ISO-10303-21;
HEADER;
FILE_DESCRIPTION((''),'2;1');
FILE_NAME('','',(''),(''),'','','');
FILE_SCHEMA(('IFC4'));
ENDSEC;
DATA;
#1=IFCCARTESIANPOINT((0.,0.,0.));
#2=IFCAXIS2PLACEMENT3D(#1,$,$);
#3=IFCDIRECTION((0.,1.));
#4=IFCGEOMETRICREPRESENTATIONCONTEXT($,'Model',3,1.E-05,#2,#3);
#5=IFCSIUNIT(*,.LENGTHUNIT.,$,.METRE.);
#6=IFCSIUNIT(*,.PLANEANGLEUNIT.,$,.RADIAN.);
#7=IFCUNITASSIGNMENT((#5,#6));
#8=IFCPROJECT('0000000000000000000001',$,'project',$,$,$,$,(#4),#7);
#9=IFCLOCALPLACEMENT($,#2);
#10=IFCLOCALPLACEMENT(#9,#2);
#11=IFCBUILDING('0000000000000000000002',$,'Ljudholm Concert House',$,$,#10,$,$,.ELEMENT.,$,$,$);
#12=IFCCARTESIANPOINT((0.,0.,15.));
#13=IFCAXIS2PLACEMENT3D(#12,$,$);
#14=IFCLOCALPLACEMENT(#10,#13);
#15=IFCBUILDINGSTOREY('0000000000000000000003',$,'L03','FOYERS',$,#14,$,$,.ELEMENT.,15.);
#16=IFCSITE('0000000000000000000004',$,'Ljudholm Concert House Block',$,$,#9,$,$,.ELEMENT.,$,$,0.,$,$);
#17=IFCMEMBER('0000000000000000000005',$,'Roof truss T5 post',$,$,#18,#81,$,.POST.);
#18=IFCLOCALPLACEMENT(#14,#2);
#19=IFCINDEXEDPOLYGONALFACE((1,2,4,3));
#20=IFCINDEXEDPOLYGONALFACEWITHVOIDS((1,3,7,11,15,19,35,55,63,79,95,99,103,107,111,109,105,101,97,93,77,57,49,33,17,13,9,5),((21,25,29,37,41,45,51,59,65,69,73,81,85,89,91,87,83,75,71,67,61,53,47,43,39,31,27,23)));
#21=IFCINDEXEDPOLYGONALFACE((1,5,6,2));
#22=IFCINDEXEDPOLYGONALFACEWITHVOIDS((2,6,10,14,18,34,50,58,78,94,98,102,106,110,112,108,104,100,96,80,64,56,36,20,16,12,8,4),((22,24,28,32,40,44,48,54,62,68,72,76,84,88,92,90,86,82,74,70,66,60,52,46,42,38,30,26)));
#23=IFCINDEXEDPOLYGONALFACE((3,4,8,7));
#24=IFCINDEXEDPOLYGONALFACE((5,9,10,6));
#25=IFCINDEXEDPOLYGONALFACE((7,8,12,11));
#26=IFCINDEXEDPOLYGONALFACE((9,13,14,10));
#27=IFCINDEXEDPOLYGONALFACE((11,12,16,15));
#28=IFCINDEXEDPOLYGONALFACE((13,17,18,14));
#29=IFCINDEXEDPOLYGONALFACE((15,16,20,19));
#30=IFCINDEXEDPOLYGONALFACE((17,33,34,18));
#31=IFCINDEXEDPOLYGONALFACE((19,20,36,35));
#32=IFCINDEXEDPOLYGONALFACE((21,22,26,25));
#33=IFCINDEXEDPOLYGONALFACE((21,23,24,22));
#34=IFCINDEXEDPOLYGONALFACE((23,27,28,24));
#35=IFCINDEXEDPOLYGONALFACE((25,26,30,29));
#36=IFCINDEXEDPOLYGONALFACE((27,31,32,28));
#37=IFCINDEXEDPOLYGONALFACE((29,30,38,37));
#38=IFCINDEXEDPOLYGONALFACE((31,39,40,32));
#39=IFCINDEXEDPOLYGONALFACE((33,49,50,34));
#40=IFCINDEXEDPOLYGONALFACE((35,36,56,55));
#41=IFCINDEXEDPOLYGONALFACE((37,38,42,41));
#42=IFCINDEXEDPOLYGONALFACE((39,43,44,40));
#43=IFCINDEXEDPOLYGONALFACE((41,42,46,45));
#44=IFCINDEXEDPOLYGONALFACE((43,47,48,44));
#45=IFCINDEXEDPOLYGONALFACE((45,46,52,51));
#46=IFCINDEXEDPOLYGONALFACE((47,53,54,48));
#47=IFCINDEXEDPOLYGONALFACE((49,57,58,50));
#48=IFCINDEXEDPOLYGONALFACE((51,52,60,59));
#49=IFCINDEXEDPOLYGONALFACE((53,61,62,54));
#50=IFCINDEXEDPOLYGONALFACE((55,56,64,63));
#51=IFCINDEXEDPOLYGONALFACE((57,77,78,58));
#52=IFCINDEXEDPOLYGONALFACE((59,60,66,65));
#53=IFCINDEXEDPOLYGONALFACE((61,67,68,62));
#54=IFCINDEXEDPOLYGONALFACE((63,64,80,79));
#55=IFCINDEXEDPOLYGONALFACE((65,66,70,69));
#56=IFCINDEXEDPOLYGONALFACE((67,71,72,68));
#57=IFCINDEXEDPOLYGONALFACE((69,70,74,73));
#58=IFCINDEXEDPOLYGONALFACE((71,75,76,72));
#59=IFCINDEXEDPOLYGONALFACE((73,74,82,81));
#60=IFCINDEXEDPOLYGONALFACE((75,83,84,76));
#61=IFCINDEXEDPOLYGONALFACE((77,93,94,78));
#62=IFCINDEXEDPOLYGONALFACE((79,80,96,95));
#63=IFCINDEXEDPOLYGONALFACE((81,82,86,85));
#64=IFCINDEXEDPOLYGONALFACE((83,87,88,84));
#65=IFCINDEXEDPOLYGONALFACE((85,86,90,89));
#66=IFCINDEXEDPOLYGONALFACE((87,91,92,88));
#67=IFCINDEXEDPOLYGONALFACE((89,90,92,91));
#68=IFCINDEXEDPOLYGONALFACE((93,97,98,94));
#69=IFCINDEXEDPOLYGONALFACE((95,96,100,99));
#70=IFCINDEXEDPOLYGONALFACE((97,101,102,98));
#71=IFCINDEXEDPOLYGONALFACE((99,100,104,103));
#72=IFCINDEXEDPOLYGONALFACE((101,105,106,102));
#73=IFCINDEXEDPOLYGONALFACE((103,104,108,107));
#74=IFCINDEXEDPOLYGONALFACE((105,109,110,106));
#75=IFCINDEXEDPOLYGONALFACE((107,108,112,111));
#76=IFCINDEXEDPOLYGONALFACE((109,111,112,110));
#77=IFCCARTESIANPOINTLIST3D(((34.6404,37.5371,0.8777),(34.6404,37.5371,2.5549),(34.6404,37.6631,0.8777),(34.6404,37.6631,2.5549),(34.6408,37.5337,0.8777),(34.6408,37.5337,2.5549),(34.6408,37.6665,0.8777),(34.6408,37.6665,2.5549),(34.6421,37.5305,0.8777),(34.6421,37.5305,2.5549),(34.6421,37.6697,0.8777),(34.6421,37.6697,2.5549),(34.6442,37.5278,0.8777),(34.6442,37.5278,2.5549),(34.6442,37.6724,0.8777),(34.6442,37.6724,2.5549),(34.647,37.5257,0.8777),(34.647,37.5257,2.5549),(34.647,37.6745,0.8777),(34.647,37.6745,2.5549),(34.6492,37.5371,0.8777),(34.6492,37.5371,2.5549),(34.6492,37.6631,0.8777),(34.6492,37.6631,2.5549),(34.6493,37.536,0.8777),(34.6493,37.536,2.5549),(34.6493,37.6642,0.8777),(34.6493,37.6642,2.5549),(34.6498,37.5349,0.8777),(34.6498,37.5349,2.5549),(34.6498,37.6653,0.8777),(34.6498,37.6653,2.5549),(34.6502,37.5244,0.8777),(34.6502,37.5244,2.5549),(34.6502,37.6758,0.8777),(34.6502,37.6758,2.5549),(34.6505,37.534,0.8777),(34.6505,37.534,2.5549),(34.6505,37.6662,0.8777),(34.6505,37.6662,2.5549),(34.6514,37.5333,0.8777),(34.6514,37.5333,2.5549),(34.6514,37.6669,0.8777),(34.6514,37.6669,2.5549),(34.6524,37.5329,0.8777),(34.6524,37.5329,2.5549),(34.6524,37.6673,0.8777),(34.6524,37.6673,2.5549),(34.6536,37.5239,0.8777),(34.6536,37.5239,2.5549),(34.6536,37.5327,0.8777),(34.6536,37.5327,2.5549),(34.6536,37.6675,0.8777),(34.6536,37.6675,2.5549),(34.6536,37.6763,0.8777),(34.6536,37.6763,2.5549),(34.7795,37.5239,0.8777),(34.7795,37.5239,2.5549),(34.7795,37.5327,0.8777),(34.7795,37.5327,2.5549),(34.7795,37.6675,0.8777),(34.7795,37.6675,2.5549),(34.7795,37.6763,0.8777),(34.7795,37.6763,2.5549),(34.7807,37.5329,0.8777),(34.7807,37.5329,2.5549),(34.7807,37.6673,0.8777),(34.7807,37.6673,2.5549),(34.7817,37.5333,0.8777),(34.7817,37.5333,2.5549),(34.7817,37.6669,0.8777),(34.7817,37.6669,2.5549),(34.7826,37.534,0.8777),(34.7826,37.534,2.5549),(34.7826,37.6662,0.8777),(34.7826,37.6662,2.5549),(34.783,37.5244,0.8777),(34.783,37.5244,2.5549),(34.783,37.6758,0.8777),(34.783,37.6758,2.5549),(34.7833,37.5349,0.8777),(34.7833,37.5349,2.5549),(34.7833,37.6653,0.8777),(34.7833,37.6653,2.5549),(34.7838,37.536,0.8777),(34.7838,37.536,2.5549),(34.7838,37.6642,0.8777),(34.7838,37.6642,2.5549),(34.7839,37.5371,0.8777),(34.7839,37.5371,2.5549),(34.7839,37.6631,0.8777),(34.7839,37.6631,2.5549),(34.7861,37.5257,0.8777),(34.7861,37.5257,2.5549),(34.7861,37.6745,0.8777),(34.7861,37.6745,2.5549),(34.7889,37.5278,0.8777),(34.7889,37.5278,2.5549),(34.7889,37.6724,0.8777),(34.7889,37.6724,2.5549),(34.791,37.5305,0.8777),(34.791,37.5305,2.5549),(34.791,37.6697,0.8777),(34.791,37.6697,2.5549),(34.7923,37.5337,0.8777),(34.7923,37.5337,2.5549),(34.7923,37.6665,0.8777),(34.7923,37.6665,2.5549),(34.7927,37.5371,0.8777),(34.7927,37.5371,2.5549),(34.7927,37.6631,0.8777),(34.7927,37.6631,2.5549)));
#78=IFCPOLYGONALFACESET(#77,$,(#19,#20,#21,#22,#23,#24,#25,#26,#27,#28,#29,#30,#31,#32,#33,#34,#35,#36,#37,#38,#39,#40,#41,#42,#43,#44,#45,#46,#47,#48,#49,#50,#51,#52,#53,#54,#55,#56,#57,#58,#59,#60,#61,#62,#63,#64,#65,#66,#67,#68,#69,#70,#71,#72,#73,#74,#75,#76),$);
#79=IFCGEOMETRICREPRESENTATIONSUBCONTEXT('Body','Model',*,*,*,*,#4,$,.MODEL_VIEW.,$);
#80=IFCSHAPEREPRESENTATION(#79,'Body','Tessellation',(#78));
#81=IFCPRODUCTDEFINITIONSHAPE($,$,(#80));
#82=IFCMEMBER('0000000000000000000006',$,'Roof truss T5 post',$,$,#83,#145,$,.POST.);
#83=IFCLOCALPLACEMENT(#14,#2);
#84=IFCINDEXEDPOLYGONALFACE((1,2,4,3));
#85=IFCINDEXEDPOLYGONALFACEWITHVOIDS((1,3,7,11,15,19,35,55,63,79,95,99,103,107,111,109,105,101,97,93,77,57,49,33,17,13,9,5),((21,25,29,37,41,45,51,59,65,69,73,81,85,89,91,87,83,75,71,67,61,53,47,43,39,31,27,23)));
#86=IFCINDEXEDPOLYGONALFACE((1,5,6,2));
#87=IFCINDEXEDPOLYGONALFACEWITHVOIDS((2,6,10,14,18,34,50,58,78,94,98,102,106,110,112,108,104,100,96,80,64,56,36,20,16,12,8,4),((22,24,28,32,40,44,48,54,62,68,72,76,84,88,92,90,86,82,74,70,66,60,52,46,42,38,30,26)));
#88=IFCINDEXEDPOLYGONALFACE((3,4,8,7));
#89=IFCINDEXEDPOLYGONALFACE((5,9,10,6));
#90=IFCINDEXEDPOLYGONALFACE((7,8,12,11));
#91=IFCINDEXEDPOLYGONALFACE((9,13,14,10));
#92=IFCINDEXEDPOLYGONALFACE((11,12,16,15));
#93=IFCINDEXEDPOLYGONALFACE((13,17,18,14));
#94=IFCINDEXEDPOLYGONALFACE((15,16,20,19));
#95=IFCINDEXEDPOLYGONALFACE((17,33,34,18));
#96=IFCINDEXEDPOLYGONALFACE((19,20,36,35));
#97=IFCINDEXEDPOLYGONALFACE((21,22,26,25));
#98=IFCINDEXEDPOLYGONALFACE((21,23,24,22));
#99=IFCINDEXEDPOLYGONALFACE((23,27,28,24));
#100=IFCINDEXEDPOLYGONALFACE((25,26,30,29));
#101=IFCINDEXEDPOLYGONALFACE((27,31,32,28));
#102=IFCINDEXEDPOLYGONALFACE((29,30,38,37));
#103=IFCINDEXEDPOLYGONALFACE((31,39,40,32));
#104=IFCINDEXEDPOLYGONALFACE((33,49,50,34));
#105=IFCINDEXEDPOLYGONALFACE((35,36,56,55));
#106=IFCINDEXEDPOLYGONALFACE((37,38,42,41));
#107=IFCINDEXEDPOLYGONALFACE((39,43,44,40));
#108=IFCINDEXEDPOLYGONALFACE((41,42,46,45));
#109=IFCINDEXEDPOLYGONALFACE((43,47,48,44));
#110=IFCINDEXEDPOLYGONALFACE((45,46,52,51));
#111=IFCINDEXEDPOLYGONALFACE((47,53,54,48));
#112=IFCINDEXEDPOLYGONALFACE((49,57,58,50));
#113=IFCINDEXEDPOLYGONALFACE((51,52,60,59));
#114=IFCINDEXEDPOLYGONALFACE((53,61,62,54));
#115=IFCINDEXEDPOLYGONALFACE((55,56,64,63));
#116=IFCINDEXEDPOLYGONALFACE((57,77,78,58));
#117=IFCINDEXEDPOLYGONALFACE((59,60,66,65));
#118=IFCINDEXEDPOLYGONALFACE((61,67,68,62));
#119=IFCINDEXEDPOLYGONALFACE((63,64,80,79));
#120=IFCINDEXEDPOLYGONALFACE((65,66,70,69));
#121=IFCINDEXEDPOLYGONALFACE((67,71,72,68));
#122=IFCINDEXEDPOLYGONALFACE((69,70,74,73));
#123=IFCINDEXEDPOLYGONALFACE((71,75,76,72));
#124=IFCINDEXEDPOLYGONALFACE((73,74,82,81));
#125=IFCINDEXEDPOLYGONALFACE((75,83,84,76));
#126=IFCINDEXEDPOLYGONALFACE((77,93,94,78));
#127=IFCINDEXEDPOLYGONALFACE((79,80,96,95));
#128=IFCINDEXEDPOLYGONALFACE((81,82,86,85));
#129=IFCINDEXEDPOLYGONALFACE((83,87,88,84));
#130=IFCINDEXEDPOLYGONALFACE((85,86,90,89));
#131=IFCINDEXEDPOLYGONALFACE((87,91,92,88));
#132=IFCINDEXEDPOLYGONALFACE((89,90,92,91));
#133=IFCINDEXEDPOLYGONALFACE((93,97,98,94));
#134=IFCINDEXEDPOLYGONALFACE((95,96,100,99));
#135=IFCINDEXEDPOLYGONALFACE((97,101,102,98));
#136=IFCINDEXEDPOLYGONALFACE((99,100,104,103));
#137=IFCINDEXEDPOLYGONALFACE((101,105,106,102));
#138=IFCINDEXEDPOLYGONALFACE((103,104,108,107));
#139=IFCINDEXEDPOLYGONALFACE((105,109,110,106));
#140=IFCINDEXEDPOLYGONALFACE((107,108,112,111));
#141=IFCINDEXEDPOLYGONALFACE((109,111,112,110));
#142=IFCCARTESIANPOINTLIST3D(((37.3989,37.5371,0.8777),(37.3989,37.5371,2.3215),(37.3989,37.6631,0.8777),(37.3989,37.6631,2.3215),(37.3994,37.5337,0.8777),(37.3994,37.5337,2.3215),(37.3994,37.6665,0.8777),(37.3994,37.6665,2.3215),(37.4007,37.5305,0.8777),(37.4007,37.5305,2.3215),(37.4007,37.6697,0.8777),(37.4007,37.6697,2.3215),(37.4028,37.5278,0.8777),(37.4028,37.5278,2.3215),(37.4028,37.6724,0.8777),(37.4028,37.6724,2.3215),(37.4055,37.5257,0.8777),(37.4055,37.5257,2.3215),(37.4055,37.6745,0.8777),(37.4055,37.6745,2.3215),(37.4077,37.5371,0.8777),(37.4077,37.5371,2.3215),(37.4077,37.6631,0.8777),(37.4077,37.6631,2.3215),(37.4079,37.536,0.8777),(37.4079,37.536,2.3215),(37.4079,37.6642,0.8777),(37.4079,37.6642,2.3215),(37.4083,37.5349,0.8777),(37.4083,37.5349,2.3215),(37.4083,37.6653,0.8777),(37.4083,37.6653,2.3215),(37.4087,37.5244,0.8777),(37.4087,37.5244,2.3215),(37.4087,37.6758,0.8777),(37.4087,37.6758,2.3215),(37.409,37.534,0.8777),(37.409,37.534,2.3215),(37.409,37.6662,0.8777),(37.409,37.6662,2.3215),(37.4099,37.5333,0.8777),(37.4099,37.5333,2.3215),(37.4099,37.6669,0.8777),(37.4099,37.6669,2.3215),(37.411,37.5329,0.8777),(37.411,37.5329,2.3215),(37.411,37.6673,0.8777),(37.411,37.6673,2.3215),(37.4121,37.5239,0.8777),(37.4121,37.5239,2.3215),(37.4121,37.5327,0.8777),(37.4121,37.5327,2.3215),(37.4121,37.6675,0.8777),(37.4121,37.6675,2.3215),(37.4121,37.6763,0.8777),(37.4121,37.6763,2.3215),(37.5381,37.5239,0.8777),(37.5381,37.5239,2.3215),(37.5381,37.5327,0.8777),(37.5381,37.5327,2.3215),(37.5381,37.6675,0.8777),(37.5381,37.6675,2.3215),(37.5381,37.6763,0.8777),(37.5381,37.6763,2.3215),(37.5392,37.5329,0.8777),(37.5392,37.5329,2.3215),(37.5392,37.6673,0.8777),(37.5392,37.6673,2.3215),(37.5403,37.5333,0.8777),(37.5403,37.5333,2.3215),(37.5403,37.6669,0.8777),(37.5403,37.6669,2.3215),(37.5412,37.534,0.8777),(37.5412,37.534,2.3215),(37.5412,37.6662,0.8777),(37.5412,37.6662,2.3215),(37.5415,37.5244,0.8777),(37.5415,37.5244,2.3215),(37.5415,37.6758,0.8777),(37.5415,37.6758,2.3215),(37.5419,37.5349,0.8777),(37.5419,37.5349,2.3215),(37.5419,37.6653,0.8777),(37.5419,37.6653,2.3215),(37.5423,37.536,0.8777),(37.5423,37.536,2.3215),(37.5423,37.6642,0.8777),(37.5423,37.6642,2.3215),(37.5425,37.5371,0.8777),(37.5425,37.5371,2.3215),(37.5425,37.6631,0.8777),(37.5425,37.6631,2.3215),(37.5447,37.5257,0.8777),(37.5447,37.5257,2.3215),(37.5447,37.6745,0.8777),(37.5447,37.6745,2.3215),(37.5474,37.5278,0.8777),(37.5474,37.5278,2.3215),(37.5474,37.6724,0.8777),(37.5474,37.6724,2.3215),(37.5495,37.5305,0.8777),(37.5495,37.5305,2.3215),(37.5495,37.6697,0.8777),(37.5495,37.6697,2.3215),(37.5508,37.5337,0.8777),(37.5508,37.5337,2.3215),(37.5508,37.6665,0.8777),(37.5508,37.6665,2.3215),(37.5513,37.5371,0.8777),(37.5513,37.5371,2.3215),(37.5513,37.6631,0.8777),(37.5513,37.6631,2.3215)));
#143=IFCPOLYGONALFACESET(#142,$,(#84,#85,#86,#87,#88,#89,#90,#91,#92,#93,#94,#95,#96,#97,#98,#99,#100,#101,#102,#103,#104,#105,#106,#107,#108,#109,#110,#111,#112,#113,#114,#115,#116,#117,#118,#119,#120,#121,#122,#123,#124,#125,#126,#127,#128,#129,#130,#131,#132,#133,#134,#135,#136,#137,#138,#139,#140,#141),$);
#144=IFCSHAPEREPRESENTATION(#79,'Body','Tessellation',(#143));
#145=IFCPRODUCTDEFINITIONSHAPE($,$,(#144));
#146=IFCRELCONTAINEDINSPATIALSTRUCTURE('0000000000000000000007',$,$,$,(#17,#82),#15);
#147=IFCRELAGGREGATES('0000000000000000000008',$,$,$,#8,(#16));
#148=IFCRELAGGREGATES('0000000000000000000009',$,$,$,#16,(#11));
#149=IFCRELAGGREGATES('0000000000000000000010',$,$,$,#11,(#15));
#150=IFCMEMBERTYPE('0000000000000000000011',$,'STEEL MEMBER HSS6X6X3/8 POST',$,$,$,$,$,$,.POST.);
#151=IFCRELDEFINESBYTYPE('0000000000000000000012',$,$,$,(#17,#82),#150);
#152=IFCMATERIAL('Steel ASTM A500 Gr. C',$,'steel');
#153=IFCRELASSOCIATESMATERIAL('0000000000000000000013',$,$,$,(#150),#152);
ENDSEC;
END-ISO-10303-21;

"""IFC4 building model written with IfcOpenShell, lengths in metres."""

from ifc_helpers import new_model, si_unit, direction, frame, origin, origin_2d, place, context, subcontext, project, spatial, hollow_rectangle, extrude, material, material_profile, profile_set, type_object, element, save


model = new_model("IFC4")

# Units and contexts
model_context = context("Model", 3, precision=1e-05, world=origin(), true_north=direction((0.0, 1.0)))
body_context = subcontext(model_context, "Body", "Model", "MODEL_VIEW")
ifc_project = project(units=[si_unit("LENGTHUNIT", "METRE"), si_unit("PLANEANGLEUNIT", "RADIAN")], contexts=[model_context])

# Site, building, storey
site_placement = place(None, origin())
site = spatial("IfcSite", under=ifc_project, at=site_placement, Name="Ljudholm Concert House Block", CompositionType="ELEMENT", RefElevation=0.0)
building_placement = place(site_placement, origin())
building = spatial("IfcBuilding", under=site, at=building_placement, Name="Ljudholm Concert House", CompositionType="ELEMENT")
storey_placement = place(building_placement, frame((0.0, 0.0, 15.0)))
storey = spatial("IfcBuildingStorey", under=building, at=storey_placement, Name="L03", Description="FOYERS", CompositionType="ELEMENT", Elevation=15.0)

# Members
ifc_material_1 = material(Name="Steel ASTM A500 Gr. C", Category="steel")
ifc_material_profile_1 = material_profile(ifc_material_1, hollow_rectangle(XDim=0.1523, YDim=0.1523, WallThickness=0.0088, InnerFilletRadius=0.0044, OuterFilletRadius=0.0132, at=origin_2d()), Name="HSS6X6X3/8")
ifc_profile_set_1 = profile_set([ifc_material_profile_1], Name="Steel ASTM A500 Gr. C")
member_type_1 = type_object("IfcMemberType", Name="STEEL MEMBER HSS6X6X3/8 POST", PredefinedType="POST", material=ifc_profile_set_1)
member_1_placement = place(storey_placement, frame((34.7166, 37.6001, 0.8777), z_axis=(0.0, 0.0, 1.0), x_axis=(1.0, 0.0, 0.0)))
element("IfcMember", 1, at=member_1_placement, inside=storey, type_object=member_type_1, Name="Roof truss T5 post", PredefinedType="POST", context=body_context, shape_type="SweptSolid", body=[
    extrude(hollow_rectangle(XDim=0.1523, YDim=0.1523, WallThickness=0.0088, InnerFilletRadius=0.0044, OuterFilletRadius=0.0132, at=origin_2d()), origin(), (0.0, 0.0, 1.0), 1.6772),
])
member_2_placement = place(storey_placement, frame((37.4751, 37.6001, 0.8777), z_axis=(0.0, 0.0, 1.0), x_axis=(1.0, 0.0, 0.0)))
element("IfcMember", 2, at=member_2_placement, inside=storey, type_object=member_type_1, Name="Roof truss T5 post", PredefinedType="POST", context=body_context, shape_type="SweptSolid", body=[
    extrude(hollow_rectangle(XDim=0.1523, YDim=0.1523, WallThickness=0.0088, InnerFilletRadius=0.0044, OuterFilletRadius=0.0132, at=origin_2d()), origin(), (0.0, 0.0, 1.0), 1.4438),
])

save(model, "model.ifc")
